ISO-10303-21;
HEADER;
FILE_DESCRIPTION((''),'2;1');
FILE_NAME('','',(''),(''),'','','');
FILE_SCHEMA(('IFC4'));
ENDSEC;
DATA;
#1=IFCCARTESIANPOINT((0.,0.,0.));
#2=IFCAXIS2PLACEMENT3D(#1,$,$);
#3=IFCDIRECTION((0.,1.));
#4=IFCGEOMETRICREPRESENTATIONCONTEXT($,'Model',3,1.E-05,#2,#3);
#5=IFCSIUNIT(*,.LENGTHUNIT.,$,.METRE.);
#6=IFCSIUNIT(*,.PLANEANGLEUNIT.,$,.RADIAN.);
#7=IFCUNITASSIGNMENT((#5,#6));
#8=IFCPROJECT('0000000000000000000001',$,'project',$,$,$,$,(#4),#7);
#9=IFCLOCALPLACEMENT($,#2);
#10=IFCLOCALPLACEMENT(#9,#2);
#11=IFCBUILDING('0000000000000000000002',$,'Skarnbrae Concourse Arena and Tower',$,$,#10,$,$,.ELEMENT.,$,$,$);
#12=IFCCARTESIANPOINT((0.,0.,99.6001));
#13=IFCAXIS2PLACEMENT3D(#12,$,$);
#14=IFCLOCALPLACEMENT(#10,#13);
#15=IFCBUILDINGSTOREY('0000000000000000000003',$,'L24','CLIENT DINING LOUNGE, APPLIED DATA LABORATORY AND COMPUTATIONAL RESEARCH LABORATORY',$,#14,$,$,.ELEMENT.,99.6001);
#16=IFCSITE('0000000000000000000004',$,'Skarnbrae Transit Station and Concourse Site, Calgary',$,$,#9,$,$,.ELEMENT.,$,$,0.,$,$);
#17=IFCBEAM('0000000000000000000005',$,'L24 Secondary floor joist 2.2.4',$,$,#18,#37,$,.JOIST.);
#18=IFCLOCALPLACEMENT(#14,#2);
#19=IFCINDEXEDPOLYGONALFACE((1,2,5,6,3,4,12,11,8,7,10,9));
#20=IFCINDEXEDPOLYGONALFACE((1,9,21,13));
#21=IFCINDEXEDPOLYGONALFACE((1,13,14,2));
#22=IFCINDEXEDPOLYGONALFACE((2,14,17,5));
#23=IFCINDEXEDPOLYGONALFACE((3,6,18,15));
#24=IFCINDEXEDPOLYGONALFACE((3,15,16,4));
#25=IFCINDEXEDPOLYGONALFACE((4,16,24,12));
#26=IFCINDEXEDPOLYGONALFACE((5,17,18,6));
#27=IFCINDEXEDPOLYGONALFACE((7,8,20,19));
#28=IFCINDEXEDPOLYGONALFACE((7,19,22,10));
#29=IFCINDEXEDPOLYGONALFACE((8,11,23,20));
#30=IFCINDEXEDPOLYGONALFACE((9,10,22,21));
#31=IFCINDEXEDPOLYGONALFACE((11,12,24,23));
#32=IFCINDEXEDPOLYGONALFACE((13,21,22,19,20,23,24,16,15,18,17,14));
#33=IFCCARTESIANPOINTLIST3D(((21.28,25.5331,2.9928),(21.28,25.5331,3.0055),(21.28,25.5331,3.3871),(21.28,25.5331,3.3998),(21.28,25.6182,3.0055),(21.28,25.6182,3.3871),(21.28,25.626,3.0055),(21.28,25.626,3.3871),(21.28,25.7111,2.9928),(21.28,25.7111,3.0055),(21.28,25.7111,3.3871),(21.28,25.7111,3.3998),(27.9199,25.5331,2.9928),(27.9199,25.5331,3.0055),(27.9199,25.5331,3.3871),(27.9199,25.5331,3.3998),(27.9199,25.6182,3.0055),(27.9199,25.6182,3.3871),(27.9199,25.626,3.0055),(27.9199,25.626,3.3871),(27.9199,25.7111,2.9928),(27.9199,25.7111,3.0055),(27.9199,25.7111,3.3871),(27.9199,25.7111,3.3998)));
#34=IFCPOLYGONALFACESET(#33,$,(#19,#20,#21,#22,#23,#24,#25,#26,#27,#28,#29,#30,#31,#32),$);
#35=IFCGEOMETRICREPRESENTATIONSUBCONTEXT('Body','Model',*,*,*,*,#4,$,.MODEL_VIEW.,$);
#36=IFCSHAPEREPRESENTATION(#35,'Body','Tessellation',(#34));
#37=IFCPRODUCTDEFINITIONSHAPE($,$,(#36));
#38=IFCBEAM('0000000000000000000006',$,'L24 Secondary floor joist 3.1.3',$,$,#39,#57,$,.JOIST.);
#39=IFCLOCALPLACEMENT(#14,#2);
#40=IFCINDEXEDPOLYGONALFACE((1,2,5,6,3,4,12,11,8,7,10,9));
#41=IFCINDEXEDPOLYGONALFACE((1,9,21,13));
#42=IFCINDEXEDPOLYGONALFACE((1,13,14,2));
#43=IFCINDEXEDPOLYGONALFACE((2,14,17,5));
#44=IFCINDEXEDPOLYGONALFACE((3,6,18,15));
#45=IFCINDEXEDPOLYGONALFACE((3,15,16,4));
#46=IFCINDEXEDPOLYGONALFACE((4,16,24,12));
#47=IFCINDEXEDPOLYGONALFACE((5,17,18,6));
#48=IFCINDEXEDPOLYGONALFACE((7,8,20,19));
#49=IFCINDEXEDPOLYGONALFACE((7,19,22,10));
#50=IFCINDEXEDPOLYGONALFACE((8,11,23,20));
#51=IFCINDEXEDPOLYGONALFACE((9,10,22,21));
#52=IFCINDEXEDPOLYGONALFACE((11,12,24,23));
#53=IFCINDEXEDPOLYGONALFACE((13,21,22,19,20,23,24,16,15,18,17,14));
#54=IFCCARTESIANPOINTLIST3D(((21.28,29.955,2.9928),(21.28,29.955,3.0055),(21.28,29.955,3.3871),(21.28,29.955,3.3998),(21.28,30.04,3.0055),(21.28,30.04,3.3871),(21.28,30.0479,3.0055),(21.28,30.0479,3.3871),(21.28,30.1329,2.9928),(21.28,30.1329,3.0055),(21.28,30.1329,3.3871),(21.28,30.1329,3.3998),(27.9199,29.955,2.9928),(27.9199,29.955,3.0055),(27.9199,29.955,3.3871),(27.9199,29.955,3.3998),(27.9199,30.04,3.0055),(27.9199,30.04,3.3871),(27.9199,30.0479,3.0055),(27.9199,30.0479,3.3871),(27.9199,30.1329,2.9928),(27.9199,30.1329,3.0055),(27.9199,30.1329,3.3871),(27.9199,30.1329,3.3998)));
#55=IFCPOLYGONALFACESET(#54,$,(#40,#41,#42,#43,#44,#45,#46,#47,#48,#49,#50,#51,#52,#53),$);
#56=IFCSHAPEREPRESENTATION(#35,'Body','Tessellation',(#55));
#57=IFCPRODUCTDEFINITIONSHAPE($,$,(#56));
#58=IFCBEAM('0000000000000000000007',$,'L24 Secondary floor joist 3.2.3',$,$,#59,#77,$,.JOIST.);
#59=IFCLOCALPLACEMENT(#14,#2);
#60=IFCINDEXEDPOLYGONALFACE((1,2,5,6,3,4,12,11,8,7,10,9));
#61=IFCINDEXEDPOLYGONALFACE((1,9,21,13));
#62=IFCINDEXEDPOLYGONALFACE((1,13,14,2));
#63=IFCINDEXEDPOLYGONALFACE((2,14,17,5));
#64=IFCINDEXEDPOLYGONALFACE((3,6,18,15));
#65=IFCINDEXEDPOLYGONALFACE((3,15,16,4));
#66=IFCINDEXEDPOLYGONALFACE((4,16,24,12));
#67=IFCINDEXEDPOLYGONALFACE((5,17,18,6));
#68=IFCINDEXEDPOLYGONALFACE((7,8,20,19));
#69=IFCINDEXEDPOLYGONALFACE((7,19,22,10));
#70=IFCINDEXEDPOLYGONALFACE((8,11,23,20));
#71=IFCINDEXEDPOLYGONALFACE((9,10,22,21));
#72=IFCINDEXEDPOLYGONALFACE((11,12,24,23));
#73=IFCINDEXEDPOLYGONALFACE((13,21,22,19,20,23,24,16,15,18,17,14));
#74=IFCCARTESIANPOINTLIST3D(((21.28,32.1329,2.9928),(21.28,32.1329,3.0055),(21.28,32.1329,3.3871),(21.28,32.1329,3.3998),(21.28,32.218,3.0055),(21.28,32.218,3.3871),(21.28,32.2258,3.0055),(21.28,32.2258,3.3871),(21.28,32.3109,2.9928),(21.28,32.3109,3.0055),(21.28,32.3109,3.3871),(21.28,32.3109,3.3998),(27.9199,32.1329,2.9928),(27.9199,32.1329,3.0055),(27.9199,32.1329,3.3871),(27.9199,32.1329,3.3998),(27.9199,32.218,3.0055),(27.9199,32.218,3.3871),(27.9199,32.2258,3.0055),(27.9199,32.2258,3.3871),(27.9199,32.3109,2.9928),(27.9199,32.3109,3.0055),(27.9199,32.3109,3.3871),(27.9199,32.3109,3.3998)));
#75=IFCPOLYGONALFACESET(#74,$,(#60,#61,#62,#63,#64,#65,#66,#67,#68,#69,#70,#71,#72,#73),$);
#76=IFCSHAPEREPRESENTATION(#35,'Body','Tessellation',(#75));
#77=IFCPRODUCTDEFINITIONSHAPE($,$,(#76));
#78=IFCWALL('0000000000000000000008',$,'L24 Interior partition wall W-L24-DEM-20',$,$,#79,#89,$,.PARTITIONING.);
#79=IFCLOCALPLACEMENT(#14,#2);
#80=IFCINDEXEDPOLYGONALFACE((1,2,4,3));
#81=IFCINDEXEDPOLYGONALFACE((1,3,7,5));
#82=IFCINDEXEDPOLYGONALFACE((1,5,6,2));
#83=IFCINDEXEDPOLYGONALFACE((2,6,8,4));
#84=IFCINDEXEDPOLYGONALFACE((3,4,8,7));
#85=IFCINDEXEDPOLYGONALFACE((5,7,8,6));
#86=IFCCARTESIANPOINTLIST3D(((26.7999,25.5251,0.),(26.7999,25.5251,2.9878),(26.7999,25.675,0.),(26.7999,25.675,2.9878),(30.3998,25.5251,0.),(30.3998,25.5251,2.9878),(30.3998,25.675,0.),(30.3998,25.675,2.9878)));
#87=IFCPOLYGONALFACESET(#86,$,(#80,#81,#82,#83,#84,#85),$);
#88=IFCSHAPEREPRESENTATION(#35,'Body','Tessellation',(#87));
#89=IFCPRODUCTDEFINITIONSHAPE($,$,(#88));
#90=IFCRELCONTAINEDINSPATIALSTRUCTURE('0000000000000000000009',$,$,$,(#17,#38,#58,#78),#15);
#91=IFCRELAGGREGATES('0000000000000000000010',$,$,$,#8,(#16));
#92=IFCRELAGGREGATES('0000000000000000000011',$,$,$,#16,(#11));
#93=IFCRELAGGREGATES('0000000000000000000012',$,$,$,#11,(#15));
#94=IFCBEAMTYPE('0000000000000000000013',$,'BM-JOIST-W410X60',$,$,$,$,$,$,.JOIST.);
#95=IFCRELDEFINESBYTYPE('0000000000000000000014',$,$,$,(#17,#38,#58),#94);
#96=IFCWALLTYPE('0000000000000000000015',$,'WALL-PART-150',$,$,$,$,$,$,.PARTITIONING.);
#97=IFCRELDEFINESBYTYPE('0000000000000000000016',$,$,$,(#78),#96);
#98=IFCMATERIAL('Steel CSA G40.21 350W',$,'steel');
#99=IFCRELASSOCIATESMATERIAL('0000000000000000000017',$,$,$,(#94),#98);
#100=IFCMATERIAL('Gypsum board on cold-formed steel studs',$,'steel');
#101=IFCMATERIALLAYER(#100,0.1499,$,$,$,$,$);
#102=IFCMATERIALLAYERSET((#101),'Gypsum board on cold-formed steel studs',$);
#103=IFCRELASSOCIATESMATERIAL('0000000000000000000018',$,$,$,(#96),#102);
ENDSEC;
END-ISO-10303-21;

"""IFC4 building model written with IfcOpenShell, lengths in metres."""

from ifc_helpers import new_model, si_unit, direction, frame, frame_2d, origin, origin_2d, place, context, subcontext, project, spatial, rectangle, i_section, extrude, source, transform, mapped, material, layer, layer_set, material_profile, profile_set, type_object, element, save


model = new_model("IFC4")

# Units and contexts
model_context = context("Model", 3, precision=1e-05, world=origin(), true_north=direction((0.0, 1.0)))
body_context = subcontext(model_context, "Body", "Model", "MODEL_VIEW")
ifc_project = project(units=[si_unit("LENGTHUNIT", "METRE"), si_unit("PLANEANGLEUNIT", "RADIAN")], contexts=[model_context])

# Site, building, storey
site_placement = place(None, origin())
site = spatial("IfcSite", under=ifc_project, at=site_placement, Name="Skarnbrae Transit Station and Concourse Site, Calgary", CompositionType="ELEMENT", RefElevation=0.0)
building_placement = place(site_placement, origin())
building = spatial("IfcBuilding", under=site, at=building_placement, Name="Skarnbrae Concourse Arena and Tower", CompositionType="ELEMENT")
storey_placement = place(building_placement, frame((0.0, 0.0, 99.6001)))
storey = spatial("IfcBuildingStorey", under=building, at=storey_placement, Name="L24", Description="CLIENT DINING LOUNGE, APPLIED DATA LABORATORY AND COMPUTATIONAL RESEARCH LABORATORY", CompositionType="ELEMENT", Elevation=99.6001)

# Shared definitions
ifc_material_1 = material(Name="Steel CSA G40.21 350W", Category="steel")

# Beams
ifc_material_profile_1 = material_profile(ifc_material_1, i_section(OverallWidth=0.178, OverallDepth=0.407, WebThickness=0.0078, FlangeThickness=0.0127, at=origin_2d()), Name="W410X60")
ifc_profile_set_1 = profile_set([ifc_material_profile_1], Name="Steel CSA G40.21 350W")
beam_type_1 = type_object("IfcBeamType", Name="BM-JOIST-W410X60", PredefinedType="JOIST", material=ifc_profile_set_1)
shared_shape_1 = source(origin(), body_context, "Body", "SweptSolid", [
    extrude(i_section(OverallWidth=0.178, OverallDepth=0.407, WebThickness=0.0078, FlangeThickness=0.0127, at=origin_2d()), origin(), (0.0, 0.0, 1.0), 6.6399),
])
for number, where, z_axis, x_axis, name in (
    (1, (21.28, 25.6221, 3.1963), (1.0, 0.0, 0.0), (0.0, 1.0, 0.0), "L24 Secondary floor joist 2.2.4"),
    (2, (21.28, 30.0439, 3.1963), (1.0, 0.0, 0.0), (0.0, 1.0, 0.0), "L24 Secondary floor joist 3.1.3"),
    (3, (21.28, 32.2219, 3.1963), (1.0, 0.0, 0.0), (0.0, 1.0, 0.0), "L24 Secondary floor joist 3.2.3"),
):
    element("IfcBeam", number, at=place(storey_placement, frame(where, z_axis=z_axis, x_axis=x_axis)), inside=storey, type_object=beam_type_1, Name=name, PredefinedType="JOIST", context=body_context, shape_type="MappedRepresentation", body=[
        mapped(shared_shape_1, transform((0.0, 0.0, 0.0))),
    ])

# Wall
ifc_material_2 = material(Name="Gypsum board on cold-formed steel studs", Category="steel")
ifc_layer = layer(ifc_material_2, 0.1499)
ifc_layer_set = layer_set([ifc_layer], Name="Gypsum board on cold-formed steel studs")
wall_type = type_object("IfcWallType", Name="WALL-PART-150", PredefinedType="PARTITIONING", material=ifc_layer_set)
shared_shape_2 = source(origin(), body_context, "Body", "SweptSolid", [
    extrude(rectangle(XDim=3.5999, YDim=0.1499, at=frame_2d((1.7998, 0.0))), origin(), (0.0, 0.0, 1.0), 2.9878),
])
wall_placement = place(storey_placement, frame((26.8, 25.6001, 0.0), z_axis=(0.0, 0.0, 1.0), x_axis=(1.0, 0.0, 0.0)))
element("IfcWall", 4, at=wall_placement, inside=storey, type_object=wall_type, Name="L24 Interior partition wall W-L24-DEM-20", PredefinedType="PARTITIONING", context=body_context, shape_type="MappedRepresentation", body=[
    mapped(shared_shape_2, transform((0.0, 0.0, 0.0))),
])

save(model, "model.ifc")
